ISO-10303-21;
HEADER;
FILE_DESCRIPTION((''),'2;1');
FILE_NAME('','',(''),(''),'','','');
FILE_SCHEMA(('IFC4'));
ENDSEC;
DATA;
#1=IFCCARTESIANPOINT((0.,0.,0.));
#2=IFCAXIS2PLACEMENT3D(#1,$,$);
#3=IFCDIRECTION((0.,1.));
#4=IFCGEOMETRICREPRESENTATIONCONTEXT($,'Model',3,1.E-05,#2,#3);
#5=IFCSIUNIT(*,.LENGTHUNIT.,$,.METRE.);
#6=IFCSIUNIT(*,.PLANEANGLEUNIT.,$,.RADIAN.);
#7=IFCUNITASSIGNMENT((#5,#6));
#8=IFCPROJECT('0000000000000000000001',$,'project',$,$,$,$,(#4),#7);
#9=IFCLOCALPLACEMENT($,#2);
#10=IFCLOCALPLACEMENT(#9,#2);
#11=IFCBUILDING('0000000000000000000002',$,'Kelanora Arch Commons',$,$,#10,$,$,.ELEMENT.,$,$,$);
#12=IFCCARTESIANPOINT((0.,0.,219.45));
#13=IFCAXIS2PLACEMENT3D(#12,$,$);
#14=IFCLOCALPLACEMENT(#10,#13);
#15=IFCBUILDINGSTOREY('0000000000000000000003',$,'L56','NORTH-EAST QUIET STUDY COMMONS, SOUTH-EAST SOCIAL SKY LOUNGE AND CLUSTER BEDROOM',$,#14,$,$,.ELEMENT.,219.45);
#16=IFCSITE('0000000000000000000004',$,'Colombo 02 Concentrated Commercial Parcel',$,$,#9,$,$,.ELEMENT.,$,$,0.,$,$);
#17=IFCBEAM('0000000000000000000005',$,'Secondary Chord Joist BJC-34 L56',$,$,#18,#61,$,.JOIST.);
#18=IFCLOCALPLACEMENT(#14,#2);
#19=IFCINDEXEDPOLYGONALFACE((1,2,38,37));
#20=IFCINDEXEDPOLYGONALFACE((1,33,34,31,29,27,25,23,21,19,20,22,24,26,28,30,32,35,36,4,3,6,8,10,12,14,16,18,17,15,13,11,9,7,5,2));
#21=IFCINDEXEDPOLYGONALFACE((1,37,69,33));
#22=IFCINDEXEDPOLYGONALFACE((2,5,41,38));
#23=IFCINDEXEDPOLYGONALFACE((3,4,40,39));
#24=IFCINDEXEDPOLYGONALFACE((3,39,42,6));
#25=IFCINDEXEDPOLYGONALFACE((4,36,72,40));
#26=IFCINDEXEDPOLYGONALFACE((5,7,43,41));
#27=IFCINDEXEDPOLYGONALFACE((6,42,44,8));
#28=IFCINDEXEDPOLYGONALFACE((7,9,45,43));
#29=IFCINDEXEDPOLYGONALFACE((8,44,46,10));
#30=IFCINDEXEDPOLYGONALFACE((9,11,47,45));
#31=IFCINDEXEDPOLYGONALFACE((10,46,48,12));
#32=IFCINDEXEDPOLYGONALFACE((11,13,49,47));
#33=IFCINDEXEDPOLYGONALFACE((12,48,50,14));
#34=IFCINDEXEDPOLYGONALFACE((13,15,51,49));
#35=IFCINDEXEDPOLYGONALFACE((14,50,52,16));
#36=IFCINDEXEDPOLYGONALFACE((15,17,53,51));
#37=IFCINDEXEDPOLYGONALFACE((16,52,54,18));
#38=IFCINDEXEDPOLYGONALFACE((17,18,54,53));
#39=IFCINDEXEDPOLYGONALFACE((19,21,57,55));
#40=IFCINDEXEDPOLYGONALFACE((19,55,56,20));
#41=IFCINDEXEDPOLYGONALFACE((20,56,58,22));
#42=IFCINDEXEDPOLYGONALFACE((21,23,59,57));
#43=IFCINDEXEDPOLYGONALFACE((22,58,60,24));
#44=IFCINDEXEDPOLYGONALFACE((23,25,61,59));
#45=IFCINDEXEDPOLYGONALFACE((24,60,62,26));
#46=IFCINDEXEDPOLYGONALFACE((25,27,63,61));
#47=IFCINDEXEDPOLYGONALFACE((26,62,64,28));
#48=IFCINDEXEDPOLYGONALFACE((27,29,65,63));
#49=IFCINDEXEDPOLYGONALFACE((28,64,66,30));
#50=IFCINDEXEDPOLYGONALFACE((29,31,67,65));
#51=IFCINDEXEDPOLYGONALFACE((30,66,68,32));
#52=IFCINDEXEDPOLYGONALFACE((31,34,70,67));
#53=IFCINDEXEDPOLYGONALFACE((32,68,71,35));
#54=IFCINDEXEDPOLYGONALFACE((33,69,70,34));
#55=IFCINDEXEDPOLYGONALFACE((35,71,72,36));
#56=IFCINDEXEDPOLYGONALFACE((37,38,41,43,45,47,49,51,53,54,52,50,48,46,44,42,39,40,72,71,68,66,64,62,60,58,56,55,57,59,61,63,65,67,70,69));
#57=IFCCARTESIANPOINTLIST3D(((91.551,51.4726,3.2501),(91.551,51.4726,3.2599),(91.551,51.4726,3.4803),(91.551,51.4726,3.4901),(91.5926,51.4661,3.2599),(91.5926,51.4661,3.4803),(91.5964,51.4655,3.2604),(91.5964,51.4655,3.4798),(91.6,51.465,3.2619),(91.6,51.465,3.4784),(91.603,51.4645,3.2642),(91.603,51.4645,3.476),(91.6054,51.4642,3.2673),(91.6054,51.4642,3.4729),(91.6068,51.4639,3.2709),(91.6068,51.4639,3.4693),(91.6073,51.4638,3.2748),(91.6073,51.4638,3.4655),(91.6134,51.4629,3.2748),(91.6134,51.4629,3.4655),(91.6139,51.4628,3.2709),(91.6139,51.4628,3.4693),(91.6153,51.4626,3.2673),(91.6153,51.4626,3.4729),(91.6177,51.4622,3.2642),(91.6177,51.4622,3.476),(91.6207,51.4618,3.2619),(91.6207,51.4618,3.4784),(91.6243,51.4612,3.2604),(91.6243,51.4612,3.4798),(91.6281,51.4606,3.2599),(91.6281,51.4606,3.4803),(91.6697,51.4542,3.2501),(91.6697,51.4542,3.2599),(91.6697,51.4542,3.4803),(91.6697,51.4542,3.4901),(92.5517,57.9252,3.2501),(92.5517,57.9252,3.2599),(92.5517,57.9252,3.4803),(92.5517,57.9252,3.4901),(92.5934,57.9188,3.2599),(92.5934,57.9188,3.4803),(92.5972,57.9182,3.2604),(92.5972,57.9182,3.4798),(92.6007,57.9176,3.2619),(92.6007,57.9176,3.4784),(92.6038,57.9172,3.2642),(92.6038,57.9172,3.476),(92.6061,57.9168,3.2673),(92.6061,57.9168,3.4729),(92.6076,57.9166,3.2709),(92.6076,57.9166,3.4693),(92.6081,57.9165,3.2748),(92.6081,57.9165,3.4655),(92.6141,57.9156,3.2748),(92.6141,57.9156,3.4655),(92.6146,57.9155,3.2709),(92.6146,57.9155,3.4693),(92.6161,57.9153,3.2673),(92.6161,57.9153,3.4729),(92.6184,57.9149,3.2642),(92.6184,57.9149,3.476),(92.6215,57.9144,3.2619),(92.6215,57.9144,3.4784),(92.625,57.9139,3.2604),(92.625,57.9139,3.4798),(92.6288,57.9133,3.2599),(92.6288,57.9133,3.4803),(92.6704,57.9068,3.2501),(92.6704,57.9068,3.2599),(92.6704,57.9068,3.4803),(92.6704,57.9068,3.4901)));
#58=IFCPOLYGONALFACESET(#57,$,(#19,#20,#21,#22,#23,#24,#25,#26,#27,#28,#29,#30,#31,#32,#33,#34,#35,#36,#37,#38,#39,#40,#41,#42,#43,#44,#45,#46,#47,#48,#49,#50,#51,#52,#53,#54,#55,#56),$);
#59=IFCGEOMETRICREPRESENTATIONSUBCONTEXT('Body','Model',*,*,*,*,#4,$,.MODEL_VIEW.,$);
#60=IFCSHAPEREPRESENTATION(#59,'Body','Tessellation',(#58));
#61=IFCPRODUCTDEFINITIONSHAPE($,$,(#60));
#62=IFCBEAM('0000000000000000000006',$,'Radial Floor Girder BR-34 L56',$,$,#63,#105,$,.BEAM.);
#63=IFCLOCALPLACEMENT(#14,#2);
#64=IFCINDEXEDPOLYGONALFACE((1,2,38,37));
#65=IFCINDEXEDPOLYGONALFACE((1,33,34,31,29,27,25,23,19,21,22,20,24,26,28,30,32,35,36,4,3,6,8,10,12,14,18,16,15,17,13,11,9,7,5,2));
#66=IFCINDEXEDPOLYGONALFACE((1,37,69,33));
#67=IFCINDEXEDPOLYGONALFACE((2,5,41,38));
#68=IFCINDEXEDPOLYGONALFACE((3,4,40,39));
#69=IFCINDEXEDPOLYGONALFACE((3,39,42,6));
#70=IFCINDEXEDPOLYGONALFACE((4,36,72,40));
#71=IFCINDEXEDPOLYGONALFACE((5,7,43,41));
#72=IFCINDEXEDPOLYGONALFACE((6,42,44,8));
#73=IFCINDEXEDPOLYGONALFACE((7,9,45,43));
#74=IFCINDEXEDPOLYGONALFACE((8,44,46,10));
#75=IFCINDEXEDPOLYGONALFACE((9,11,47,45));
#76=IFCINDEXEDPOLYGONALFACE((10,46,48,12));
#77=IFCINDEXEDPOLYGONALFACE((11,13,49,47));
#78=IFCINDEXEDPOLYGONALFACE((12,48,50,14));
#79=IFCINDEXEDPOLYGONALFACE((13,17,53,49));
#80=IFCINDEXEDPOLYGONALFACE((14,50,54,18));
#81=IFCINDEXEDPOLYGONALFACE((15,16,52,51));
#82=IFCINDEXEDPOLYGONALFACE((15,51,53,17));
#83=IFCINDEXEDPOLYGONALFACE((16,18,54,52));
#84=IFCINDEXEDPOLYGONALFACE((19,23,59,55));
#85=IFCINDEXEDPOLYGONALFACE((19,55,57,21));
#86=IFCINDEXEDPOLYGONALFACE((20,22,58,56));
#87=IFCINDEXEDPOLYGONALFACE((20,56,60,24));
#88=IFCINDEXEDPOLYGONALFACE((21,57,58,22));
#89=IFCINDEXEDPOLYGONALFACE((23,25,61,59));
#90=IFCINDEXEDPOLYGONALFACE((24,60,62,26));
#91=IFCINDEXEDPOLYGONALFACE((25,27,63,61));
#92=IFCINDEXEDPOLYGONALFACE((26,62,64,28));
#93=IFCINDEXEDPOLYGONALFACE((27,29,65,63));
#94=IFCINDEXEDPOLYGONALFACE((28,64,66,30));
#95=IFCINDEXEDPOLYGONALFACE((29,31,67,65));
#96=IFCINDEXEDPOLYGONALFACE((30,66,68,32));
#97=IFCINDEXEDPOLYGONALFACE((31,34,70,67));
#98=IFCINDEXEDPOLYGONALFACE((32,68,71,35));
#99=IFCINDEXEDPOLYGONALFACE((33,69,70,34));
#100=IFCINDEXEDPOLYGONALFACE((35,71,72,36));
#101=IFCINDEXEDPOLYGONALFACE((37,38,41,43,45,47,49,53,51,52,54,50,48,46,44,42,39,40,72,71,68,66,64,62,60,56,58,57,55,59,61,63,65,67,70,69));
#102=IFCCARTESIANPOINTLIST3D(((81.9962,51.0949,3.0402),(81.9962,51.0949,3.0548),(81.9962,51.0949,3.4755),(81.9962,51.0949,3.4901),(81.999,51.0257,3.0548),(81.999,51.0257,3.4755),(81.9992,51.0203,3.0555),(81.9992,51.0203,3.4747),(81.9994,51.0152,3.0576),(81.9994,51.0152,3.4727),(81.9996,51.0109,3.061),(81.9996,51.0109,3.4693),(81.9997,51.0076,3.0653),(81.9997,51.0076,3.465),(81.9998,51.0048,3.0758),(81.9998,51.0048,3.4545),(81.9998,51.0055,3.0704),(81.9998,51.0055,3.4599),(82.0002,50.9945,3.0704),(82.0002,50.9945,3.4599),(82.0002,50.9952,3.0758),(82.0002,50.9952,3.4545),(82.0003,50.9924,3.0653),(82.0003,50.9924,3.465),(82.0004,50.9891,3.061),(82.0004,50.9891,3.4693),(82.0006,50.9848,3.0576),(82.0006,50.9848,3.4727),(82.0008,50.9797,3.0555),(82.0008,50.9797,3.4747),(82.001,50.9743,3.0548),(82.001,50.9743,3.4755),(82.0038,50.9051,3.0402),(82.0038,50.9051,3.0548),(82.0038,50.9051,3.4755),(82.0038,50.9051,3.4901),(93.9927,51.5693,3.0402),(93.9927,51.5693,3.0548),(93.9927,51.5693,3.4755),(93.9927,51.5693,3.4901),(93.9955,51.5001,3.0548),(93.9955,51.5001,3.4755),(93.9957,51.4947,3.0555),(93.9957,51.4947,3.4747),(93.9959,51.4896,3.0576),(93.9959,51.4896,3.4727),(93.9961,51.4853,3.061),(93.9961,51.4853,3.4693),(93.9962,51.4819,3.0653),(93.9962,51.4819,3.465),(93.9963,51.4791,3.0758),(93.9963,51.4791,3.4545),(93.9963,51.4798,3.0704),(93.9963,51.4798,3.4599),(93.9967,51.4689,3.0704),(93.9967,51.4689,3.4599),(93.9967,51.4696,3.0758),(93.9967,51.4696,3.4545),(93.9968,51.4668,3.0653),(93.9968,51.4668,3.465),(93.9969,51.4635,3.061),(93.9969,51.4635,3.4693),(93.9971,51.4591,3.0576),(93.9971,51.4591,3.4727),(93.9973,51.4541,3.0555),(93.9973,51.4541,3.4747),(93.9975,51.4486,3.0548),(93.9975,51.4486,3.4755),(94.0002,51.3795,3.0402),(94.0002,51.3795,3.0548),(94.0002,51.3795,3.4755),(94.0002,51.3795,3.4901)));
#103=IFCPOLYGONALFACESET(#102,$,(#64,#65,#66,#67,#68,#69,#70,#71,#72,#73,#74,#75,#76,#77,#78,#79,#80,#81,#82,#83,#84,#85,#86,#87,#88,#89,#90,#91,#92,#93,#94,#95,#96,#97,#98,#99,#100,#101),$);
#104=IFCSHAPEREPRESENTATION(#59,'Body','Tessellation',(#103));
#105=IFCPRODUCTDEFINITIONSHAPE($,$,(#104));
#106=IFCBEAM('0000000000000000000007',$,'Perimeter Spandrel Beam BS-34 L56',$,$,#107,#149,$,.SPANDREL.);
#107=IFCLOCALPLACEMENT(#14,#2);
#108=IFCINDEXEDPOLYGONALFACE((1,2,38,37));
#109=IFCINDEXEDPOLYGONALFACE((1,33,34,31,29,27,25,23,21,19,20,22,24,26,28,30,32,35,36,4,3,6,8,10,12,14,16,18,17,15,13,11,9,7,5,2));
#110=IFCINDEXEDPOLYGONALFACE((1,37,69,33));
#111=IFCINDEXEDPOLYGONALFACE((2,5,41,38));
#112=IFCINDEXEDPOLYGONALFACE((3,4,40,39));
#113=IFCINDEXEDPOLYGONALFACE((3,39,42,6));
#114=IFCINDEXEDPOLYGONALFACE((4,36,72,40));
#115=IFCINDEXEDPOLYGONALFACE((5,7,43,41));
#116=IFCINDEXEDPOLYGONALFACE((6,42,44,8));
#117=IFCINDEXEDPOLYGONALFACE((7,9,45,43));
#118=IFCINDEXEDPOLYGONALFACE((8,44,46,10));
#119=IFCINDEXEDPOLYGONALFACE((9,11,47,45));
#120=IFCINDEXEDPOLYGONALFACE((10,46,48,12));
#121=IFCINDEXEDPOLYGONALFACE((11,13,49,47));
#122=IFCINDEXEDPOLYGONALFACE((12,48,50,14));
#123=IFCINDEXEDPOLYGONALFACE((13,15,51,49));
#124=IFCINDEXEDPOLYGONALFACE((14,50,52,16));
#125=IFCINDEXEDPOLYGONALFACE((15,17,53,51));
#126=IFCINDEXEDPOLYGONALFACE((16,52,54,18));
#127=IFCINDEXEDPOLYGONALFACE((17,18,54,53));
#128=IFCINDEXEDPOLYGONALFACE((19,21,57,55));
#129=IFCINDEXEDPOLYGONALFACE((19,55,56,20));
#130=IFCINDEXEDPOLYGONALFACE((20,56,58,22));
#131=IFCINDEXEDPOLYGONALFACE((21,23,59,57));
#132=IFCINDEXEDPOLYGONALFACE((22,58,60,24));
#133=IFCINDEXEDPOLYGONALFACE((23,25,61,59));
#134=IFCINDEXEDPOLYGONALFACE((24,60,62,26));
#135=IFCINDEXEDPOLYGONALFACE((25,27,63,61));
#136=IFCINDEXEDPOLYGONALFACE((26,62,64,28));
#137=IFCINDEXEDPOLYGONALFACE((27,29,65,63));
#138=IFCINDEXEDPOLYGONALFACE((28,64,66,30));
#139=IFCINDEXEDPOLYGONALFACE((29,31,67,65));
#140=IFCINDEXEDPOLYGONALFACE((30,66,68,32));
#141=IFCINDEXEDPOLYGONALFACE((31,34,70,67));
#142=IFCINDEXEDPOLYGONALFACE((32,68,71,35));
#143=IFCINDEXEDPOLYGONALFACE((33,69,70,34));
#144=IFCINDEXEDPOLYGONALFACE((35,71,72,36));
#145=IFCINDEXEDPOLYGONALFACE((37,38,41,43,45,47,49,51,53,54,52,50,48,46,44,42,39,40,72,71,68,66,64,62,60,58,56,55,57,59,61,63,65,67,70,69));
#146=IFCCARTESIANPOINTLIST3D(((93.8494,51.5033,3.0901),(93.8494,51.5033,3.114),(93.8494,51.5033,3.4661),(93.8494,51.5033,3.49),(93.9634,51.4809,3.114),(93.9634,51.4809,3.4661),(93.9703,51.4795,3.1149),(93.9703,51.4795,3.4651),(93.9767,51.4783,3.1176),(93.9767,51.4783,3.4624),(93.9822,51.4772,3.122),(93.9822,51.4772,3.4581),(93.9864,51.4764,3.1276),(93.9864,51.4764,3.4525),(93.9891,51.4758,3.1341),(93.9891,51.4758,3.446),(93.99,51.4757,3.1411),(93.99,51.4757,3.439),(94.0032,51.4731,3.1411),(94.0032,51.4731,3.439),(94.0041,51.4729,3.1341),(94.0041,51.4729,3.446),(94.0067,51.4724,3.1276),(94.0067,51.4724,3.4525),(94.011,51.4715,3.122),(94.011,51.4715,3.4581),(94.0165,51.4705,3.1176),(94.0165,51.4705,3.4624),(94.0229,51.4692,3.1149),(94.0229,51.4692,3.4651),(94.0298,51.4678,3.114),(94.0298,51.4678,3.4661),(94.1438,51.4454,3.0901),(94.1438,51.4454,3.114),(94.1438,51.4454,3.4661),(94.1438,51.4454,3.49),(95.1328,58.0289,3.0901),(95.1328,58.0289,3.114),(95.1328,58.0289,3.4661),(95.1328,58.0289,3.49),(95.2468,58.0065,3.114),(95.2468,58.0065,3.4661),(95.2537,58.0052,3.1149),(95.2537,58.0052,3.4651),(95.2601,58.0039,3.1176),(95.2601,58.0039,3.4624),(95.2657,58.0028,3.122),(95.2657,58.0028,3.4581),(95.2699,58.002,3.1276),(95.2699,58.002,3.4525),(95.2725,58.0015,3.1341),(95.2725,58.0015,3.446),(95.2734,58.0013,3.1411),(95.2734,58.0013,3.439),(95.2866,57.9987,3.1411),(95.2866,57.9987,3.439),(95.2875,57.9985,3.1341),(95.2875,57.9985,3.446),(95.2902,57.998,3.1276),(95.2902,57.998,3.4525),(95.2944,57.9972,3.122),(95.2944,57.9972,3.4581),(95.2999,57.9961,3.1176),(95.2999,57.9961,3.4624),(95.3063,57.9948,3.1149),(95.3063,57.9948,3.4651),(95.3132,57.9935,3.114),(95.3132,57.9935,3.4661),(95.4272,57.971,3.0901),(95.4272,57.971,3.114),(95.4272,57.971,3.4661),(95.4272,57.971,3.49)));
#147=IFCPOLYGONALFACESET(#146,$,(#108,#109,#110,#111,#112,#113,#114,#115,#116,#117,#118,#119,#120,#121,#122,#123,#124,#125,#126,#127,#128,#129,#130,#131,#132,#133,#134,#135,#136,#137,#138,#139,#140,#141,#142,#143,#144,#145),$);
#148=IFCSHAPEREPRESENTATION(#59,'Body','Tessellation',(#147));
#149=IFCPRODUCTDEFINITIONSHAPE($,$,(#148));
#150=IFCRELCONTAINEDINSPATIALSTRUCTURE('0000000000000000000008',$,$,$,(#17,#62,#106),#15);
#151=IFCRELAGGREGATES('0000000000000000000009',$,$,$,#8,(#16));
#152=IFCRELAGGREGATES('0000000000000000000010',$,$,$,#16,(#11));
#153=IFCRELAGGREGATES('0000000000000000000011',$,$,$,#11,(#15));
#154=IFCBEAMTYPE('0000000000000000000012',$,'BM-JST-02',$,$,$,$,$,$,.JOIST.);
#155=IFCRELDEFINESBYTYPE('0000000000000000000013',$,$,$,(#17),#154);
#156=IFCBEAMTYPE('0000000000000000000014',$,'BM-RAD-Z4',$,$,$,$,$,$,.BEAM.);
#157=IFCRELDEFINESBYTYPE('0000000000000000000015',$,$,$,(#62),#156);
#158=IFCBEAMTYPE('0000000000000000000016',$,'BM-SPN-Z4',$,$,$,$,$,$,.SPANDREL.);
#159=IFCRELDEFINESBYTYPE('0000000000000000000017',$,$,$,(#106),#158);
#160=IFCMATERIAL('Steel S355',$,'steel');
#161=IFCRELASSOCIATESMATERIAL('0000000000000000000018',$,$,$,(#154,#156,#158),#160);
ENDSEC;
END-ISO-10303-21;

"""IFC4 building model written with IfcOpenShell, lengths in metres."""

from ifc_helpers import new_model, si_unit, direction, frame, origin, origin_2d, place, context, subcontext, project, spatial, i_section, extrude, material, material_profile, profile_set, type_object, element, save


model = new_model("IFC4")

# Units and contexts
model_context = context("Model", 3, precision=1e-05, world=origin(), true_north=direction((0.0, 1.0)))
body_context = subcontext(model_context, "Body", "Model", "MODEL_VIEW")
ifc_project = project(units=[si_unit("LENGTHUNIT", "METRE"), si_unit("PLANEANGLEUNIT", "RADIAN")], contexts=[model_context])

# Site, building, storey
site_placement = place(None, origin())
site = spatial("IfcSite", under=ifc_project, at=site_placement, Name="Colombo 02 Concentrated Commercial Parcel", CompositionType="ELEMENT", RefElevation=0.0)
building_placement = place(site_placement, origin())
building = spatial("IfcBuilding", under=site, at=building_placement, Name="Kelanora Arch Commons", CompositionType="ELEMENT")
storey_placement = place(building_placement, frame((0.0, 0.0, 219.45)))
storey = spatial("IfcBuildingStorey", under=building, at=storey_placement, Name="L56", Description="NORTH-EAST QUIET STUDY COMMONS, SOUTH-EAST SOCIAL SKY LOUNGE AND CLUSTER BEDROOM", CompositionType="ELEMENT", Elevation=219.45)

# Beams
ifc_material_1 = material(Name="Steel S355", Category="steel")
ifc_material_profile_1 = material_profile(ifc_material_1, i_section(OverallWidth=0.1201, OverallDepth=0.24, WebThickness=0.0061, FlangeThickness=0.0098, FilletRadius=0.0149, at=origin_2d()), Name="IPE240")
ifc_profile_set_1 = profile_set([ifc_material_profile_1], Name="Steel S355")
beam_type_1 = type_object("IfcBeamType", Name="BM-JST-02", PredefinedType="JOIST", material=ifc_profile_set_1)
beam_1_placement = place(storey_placement, frame((91.6104, 51.4634, 3.3701), z_axis=(0.153257, 0.988186, 0.0), x_axis=(-0.988186, 0.153257, 0.0)))
element("IfcBeam", 1, at=beam_1_placement, inside=storey, type_object=beam_type_1, Name="Secondary Chord Joist BJC-34 L56", PredefinedType="JOIST", context=body_context, shape_type="SweptSolid", body=[
    extrude(i_section(OverallWidth=0.1201, OverallDepth=0.24, WebThickness=0.0061, FlangeThickness=0.0098, FilletRadius=0.0149, at=origin_2d()), origin(), (0.0, 0.0, 1.0), 6.5298),
])
ifc_material_profile_2 = material_profile(ifc_material_1, i_section(OverallWidth=0.1899, OverallDepth=0.45, WebThickness=0.0095, FlangeThickness=0.0146, FilletRadius=0.021, at=origin_2d()), Name="IPE450")
ifc_profile_set_2 = profile_set([ifc_material_profile_2], Name="Steel S355")
beam_type_2 = type_object("IfcBeamType", Name="BM-RAD-Z4", PredefinedType="BEAM", material=ifc_profile_set_2)
beam_2_placement = place(storey_placement, frame((82.0, 51.0, 3.2651), z_axis=(0.999219, 0.039511, 0.0), x_axis=(-0.039511, 0.999219, 0.0)))
element("IfcBeam", 2, at=beam_2_placement, inside=storey, type_object=beam_type_2, Name="Radial Floor Girder BR-34 L56", PredefinedType="BEAM", context=body_context, shape_type="SweptSolid", body=[
    extrude(i_section(OverallWidth=0.1899, OverallDepth=0.45, WebThickness=0.0095, FlangeThickness=0.0146, FilletRadius=0.021, at=origin_2d()), origin(), (0.0, 0.0, 1.0), 12.0059),
])
ifc_material_profile_3 = material_profile(ifc_material_1, i_section(OverallWidth=0.3, OverallDepth=0.3999, WebThickness=0.0134, FlangeThickness=0.0239, FilletRadius=0.0271, at=origin_2d()), Name="HEB400")
ifc_profile_set_3 = profile_set([ifc_material_profile_3], Name="Steel S355")
beam_type_3 = type_object("IfcBeamType", Name="BM-SPN-Z4", PredefinedType="SPANDREL", material=ifc_profile_set_3)
beam_3_placement = place(storey_placement, frame((93.9966, 51.4744, 3.29), z_axis=(0.192981, 0.981203, 0.0), x_axis=(-0.981203, 0.192981, 0.0)))
element("IfcBeam", 3, at=beam_3_placement, inside=storey, type_object=beam_type_3, Name="Perimeter Spandrel Beam BS-34 L56", PredefinedType="SPANDREL", context=body_context, shape_type="SweptSolid", body=[
    extrude(i_section(OverallWidth=0.3, OverallDepth=0.3999, WebThickness=0.0134, FlangeThickness=0.0239, FilletRadius=0.0271, at=origin_2d()), origin(), (0.0, 0.0, 1.0), 6.6506),
])

save(model, "model.ifc")
